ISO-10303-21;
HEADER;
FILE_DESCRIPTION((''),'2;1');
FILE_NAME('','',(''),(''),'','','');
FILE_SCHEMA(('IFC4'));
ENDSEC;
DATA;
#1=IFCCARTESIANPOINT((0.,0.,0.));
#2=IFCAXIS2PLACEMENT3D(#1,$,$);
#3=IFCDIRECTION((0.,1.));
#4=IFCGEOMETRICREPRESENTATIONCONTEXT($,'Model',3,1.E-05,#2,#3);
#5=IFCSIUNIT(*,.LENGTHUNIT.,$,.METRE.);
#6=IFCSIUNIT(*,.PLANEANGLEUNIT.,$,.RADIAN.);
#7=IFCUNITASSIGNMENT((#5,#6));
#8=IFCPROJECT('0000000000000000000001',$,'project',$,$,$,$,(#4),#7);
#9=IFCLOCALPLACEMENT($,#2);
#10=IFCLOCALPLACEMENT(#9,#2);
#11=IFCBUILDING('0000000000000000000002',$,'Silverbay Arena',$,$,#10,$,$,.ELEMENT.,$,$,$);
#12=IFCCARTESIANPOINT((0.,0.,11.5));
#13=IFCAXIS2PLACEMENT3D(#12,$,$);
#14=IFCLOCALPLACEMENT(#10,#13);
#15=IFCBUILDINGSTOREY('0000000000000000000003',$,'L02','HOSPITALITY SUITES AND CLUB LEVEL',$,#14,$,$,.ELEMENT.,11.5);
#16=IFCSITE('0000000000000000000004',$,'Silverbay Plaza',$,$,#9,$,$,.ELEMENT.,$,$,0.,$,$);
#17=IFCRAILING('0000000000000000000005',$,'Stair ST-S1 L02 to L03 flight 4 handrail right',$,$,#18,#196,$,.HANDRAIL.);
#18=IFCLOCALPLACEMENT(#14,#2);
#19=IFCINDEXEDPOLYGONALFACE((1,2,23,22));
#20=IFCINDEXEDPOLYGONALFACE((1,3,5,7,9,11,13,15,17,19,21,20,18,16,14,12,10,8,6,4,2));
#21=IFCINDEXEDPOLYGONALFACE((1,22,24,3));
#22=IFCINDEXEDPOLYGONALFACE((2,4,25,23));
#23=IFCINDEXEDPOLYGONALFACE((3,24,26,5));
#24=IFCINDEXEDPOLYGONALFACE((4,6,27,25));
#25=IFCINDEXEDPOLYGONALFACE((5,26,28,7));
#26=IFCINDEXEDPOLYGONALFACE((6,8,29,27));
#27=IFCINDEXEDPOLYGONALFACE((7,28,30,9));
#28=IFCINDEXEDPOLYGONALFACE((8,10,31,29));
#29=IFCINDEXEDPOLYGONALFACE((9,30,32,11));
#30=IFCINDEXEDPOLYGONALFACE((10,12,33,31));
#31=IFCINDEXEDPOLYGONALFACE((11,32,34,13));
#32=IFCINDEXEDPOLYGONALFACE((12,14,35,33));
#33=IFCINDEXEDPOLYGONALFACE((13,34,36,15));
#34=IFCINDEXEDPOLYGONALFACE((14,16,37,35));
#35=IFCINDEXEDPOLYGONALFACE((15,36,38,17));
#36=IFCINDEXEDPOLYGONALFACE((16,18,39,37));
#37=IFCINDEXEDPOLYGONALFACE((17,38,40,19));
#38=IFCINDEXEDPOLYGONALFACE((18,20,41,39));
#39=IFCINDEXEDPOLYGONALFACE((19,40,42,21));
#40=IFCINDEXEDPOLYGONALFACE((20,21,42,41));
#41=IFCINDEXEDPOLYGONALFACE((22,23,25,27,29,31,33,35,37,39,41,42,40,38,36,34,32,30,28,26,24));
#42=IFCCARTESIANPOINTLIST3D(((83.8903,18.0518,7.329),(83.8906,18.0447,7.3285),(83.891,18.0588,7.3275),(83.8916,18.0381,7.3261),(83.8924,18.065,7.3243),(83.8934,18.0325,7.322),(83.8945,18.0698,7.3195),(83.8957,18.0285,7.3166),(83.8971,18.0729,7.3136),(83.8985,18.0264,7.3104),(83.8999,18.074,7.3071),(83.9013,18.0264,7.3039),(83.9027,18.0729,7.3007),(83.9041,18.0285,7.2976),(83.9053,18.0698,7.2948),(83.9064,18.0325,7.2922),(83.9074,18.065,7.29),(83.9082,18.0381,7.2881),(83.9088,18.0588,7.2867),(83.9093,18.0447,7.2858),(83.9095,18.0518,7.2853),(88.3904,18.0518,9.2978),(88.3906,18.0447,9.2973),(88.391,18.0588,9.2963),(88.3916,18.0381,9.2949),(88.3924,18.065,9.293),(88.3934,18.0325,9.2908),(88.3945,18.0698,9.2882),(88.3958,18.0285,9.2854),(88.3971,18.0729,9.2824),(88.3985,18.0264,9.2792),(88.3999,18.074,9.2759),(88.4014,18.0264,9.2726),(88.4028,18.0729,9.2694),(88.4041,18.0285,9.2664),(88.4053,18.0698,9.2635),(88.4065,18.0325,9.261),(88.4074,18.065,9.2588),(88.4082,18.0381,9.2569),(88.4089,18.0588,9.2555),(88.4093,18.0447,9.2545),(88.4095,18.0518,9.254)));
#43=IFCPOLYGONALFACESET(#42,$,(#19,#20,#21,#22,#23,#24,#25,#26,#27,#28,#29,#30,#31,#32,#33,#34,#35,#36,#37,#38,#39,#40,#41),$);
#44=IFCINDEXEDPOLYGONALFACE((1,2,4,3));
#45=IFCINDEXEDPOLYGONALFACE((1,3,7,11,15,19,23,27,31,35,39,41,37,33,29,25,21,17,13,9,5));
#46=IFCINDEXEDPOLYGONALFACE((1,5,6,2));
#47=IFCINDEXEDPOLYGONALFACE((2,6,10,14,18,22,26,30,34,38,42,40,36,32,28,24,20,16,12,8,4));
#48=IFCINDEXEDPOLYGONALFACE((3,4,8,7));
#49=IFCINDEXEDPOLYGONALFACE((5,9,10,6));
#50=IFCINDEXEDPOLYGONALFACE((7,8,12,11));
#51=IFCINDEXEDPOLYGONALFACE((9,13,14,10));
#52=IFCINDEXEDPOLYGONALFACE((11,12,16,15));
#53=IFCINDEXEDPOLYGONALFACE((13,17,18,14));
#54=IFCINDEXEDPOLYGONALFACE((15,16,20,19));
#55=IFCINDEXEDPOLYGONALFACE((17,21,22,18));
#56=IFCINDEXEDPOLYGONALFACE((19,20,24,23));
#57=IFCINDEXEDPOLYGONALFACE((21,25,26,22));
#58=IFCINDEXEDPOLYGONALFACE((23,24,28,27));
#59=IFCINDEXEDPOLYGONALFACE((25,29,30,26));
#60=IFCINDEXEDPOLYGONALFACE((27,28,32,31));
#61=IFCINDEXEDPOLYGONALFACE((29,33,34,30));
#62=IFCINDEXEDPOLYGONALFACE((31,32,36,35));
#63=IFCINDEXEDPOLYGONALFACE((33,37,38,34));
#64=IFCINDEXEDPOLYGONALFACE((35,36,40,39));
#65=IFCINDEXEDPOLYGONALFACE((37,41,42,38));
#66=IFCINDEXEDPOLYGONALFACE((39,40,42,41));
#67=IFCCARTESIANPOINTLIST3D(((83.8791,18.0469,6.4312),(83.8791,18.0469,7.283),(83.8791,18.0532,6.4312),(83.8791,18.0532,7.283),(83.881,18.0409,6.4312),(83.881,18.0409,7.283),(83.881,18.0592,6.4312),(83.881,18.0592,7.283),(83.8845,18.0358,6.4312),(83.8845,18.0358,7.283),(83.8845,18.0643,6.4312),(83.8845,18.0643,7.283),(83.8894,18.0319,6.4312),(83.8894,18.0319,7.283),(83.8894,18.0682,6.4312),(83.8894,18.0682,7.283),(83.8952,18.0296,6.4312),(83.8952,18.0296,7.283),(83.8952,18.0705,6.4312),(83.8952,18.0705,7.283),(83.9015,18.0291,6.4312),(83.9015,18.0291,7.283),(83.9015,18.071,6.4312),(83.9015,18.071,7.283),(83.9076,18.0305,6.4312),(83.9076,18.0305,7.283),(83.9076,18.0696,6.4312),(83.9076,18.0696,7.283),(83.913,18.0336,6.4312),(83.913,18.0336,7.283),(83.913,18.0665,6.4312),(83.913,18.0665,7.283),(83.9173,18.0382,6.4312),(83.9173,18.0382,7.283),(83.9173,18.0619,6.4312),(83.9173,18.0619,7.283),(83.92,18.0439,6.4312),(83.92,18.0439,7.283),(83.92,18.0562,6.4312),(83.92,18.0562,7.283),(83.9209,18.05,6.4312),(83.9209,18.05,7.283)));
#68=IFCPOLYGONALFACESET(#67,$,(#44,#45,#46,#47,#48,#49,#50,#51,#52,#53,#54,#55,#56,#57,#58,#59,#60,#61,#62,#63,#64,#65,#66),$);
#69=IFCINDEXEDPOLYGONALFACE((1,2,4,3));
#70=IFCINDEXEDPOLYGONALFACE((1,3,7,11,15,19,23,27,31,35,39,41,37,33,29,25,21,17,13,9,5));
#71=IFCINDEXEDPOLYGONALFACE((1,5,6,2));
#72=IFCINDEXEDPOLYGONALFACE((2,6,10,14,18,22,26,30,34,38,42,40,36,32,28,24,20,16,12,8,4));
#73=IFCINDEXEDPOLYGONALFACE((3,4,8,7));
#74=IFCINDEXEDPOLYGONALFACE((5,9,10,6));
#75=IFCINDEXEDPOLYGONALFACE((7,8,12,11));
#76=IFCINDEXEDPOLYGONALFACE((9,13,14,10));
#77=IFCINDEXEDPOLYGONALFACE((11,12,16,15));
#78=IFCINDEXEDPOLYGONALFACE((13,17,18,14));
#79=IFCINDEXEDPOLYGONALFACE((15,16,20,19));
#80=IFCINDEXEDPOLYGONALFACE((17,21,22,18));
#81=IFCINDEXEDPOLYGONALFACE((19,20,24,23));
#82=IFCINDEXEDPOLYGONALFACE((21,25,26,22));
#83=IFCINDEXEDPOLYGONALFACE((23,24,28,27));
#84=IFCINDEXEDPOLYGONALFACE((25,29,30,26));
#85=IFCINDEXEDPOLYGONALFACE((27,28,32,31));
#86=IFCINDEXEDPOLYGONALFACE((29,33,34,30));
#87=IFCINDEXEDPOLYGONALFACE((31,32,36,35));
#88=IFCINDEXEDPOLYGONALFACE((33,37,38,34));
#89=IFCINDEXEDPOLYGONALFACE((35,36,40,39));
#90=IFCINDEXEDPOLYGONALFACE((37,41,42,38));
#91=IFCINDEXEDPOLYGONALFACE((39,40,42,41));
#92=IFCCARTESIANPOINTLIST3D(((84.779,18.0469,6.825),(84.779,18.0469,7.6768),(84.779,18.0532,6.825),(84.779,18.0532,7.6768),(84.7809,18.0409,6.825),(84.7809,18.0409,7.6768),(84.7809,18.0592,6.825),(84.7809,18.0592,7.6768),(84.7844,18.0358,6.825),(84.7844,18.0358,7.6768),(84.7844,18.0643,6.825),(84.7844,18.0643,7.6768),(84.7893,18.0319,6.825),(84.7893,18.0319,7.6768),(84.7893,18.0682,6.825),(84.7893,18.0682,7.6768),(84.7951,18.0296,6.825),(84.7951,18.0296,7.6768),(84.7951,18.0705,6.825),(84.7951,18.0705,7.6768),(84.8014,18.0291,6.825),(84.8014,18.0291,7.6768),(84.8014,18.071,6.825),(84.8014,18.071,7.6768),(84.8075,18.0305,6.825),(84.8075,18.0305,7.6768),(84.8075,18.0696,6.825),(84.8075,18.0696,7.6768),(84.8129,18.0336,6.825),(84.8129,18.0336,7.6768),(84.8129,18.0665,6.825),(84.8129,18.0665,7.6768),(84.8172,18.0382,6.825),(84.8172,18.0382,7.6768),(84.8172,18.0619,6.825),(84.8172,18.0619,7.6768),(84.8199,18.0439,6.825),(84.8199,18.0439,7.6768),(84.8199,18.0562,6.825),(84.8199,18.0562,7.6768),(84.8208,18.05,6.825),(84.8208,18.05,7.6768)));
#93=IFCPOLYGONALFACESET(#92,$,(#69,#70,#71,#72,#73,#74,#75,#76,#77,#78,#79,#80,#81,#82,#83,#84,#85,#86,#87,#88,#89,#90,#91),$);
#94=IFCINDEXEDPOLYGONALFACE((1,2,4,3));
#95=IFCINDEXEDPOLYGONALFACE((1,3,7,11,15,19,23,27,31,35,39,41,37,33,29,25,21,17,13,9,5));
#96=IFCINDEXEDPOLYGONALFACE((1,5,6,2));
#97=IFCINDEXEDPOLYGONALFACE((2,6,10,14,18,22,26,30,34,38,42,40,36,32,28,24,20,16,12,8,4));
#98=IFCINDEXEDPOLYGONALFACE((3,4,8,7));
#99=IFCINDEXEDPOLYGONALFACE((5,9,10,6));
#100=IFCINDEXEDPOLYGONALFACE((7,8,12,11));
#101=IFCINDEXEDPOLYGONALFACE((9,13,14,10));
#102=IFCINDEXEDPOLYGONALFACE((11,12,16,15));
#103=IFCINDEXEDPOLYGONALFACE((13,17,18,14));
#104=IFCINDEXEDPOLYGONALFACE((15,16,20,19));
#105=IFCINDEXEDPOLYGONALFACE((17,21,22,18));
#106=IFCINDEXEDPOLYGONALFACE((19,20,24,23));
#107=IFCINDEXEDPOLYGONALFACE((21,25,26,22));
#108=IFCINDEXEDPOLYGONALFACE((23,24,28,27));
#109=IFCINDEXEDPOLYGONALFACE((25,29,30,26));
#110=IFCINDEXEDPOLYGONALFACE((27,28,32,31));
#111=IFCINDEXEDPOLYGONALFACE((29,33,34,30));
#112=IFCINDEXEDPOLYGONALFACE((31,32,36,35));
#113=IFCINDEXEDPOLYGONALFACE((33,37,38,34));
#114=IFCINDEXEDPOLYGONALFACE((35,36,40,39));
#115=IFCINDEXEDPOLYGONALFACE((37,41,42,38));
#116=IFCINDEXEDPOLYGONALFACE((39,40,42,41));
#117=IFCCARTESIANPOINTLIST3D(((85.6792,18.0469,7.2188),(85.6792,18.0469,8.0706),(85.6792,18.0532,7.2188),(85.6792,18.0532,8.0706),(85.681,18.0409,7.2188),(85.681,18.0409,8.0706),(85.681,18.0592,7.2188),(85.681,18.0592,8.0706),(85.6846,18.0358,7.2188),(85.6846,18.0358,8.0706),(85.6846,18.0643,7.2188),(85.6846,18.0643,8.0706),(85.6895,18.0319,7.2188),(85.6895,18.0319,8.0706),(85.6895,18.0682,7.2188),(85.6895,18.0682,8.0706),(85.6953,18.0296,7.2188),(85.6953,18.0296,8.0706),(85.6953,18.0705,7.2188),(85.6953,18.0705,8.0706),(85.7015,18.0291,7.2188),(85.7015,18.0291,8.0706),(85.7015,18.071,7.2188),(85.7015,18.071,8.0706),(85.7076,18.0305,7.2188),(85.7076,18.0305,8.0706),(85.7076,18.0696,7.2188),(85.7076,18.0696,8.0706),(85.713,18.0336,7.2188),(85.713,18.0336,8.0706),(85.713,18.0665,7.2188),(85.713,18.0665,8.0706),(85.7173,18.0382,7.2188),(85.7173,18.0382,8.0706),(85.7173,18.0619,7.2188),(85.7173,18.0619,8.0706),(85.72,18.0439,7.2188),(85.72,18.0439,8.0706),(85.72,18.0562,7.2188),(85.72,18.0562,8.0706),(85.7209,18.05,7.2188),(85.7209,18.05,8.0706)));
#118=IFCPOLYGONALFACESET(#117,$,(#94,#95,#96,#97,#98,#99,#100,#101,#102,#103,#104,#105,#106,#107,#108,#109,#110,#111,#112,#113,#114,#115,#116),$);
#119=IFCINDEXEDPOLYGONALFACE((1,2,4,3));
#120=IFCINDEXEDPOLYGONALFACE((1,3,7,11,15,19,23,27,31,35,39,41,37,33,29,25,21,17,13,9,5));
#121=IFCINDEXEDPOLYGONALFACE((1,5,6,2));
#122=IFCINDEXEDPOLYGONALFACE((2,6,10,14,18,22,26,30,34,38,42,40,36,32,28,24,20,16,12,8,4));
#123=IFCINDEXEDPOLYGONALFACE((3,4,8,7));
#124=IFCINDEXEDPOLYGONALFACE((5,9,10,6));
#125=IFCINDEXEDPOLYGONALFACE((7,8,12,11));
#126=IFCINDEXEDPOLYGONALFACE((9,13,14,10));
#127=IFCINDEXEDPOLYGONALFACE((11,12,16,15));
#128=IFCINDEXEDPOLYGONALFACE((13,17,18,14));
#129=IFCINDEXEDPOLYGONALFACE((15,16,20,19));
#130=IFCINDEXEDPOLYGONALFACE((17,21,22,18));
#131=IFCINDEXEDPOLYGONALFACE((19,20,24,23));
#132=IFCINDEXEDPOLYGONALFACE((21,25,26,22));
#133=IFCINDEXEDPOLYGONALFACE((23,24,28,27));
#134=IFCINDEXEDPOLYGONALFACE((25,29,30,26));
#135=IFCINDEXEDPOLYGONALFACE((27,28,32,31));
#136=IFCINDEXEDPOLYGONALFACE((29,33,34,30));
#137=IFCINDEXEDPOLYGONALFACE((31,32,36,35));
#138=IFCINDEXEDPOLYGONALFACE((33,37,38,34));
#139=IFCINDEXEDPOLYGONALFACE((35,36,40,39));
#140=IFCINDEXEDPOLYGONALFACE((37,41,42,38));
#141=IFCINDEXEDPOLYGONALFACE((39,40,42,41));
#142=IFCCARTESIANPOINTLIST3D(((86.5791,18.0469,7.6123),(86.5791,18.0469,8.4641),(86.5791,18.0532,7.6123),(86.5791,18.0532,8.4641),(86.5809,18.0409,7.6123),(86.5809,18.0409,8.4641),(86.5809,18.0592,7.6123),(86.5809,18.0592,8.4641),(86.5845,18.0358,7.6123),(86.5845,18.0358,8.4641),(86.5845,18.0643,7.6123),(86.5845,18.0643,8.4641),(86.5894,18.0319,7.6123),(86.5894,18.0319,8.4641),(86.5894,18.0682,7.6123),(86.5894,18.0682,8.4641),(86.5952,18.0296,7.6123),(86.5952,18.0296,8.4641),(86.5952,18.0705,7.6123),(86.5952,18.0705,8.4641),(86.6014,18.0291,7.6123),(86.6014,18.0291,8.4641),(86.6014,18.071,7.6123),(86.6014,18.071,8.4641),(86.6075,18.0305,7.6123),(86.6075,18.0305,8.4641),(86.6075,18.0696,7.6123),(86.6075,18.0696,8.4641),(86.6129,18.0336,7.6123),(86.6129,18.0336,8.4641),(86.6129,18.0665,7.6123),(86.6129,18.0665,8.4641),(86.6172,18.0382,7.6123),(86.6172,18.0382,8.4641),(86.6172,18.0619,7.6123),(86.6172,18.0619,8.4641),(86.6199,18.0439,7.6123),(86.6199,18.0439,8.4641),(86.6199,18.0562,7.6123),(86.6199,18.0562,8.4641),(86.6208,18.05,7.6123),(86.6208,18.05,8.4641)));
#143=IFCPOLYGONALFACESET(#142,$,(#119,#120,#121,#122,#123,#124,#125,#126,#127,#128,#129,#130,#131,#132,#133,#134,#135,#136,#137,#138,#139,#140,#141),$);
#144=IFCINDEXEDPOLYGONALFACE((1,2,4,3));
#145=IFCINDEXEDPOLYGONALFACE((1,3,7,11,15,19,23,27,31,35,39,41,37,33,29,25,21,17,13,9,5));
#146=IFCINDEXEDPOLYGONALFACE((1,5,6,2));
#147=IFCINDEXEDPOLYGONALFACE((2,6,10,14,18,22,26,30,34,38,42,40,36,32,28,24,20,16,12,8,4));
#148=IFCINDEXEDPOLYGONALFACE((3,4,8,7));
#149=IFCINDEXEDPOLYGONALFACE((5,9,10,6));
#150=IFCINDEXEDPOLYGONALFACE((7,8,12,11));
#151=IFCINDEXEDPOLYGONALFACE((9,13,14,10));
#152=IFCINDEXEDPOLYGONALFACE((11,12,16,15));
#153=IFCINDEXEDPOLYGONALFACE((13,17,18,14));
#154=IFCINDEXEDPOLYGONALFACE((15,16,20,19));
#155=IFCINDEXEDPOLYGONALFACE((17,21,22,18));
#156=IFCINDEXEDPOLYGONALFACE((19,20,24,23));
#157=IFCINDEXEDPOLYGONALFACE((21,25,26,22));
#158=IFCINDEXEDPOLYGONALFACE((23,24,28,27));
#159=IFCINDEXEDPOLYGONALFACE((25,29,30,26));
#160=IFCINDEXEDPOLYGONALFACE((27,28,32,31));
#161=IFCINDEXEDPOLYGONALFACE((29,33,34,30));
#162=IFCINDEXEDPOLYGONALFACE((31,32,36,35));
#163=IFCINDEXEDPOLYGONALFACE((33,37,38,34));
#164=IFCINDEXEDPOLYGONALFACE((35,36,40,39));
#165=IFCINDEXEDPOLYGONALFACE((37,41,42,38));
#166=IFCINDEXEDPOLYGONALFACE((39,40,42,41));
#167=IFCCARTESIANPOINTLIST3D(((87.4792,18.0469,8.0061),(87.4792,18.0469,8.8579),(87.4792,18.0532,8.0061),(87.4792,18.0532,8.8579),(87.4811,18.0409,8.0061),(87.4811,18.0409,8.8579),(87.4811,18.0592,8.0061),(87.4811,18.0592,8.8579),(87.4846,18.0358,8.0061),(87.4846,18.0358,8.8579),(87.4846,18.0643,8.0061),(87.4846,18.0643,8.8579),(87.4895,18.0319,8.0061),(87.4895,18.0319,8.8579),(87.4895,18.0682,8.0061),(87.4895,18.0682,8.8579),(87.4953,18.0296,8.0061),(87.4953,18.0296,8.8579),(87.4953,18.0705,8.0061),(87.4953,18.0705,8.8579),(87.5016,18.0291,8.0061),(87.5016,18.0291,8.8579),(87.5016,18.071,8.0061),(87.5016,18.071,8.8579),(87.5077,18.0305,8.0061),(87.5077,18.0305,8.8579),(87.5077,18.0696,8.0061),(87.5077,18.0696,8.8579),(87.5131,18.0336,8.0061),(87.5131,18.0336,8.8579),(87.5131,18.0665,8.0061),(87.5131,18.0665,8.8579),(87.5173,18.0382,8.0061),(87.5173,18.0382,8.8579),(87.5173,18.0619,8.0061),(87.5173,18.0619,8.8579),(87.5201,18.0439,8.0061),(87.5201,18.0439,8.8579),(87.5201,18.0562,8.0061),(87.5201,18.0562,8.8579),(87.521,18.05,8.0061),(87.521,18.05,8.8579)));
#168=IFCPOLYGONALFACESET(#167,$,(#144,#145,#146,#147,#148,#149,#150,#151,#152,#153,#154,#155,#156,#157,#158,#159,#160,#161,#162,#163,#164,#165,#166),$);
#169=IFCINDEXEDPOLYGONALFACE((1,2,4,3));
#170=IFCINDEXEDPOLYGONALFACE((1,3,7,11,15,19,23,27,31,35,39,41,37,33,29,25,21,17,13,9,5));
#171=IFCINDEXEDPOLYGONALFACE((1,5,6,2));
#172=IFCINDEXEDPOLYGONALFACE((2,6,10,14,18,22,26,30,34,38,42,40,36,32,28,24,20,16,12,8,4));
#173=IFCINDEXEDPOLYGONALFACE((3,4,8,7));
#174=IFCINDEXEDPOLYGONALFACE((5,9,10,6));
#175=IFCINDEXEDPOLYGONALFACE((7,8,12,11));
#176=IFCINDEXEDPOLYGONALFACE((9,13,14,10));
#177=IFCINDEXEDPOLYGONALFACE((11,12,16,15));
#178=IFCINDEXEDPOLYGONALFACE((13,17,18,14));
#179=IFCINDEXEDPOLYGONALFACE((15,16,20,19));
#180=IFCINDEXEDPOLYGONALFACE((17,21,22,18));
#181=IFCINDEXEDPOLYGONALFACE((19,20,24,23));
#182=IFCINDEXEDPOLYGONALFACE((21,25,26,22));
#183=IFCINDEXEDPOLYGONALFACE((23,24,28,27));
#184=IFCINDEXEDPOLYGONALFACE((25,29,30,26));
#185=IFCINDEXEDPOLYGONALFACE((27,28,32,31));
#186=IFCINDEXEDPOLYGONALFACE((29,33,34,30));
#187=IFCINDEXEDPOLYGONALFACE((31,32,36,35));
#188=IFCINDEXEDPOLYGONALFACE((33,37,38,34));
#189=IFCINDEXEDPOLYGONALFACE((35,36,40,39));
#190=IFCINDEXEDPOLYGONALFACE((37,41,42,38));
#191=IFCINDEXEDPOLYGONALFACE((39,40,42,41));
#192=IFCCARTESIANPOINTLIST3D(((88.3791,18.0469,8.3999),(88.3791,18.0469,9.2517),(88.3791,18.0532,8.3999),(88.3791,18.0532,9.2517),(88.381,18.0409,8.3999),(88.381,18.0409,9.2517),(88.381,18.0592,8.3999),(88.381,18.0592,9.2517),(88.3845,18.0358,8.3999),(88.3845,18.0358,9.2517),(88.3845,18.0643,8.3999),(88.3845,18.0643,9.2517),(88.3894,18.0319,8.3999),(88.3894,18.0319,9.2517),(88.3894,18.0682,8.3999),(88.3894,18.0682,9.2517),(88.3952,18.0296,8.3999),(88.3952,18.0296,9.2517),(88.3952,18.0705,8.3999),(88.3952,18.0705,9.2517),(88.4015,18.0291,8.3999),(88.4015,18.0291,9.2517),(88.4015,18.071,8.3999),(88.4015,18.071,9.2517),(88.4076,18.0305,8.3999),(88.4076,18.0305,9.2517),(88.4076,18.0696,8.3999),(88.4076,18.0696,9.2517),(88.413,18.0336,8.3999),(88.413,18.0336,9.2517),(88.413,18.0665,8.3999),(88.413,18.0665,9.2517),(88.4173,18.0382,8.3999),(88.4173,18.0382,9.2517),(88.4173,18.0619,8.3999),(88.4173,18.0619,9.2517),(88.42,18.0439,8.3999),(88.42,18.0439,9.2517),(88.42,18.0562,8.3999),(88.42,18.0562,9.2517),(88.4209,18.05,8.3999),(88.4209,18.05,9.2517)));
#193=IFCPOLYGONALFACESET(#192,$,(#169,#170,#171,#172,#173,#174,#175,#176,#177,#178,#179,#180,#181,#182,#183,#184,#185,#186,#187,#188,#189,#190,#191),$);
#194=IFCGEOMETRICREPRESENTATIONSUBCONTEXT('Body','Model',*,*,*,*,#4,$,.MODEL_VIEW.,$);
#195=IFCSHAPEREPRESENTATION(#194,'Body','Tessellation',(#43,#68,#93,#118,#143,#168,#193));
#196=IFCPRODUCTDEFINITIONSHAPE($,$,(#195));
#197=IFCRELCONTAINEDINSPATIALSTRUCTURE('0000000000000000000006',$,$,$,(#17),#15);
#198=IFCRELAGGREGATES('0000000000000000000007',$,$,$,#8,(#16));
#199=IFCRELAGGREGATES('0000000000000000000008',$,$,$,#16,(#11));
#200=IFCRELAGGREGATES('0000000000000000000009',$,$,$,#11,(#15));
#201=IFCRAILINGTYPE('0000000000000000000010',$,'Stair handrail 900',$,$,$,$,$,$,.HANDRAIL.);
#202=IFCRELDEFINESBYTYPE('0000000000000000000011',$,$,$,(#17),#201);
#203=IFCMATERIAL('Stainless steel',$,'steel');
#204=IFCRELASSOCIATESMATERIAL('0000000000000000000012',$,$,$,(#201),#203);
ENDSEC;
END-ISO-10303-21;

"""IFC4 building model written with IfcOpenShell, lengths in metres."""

from ifc_helpers import new_model, si_unit, direction, frame, origin, origin_2d, place, context, subcontext, project, spatial, circle, extrude, material, type_object, element, save


model = new_model("IFC4")

# Units and contexts
model_context = context("Model", 3, precision=1e-05, world=origin(), true_north=direction((0.0, 1.0)))
body_context = subcontext(model_context, "Body", "Model", "MODEL_VIEW")
ifc_project = project(units=[si_unit("LENGTHUNIT", "METRE"), si_unit("PLANEANGLEUNIT", "RADIAN")], contexts=[model_context])

# Site, building, storey
site_placement = place(None, origin())
site = spatial("IfcSite", under=ifc_project, at=site_placement, Name="Silverbay Plaza", CompositionType="ELEMENT", RefElevation=0.0)
building_placement = place(site_placement, origin())
building = spatial("IfcBuilding", under=site, at=building_placement, Name="Silverbay Arena", CompositionType="ELEMENT")
storey_placement = place(building_placement, frame((0.0, 0.0, 11.5)))
storey = spatial("IfcBuildingStorey", under=building, at=storey_placement, Name="L02", Description="HOSPITALITY SUITES AND CLUB LEVEL", CompositionType="ELEMENT", Elevation=11.5)

# Railing
ifc_material_1 = material(Name="Stainless steel", Category="steel")
railing_type = type_object("IfcRailingType", Name="Stair handrail 900", PredefinedType="HANDRAIL", material=ifc_material_1)
railing_1_placement = place(storey_placement, frame((83.8999, 18.05, 6.4312)))
element("IfcRailing", 1, at=railing_1_placement, inside=storey, type_object=railing_type, Name="Stair ST-S1 L02 to L03 flight 4 handrail right", PredefinedType="HANDRAIL", context=body_context, shape_type="SweptSolid", body=[
    extrude(circle(Radius=0.0239, at=origin_2d()), frame((0.0, 0.0, 0.876), z_axis=(0.916157, 0.0, 0.400819), x_axis=(0.0, 1.0, 0.0)), (0.0, 0.0, 1.0), 4.9119),
    extrude(circle(Radius=0.021, at=origin_2d()), origin(), (0.0, 0.0, 1.0), 0.8518),
    extrude(circle(Radius=0.021, at=origin_2d()), frame((0.8999, 0.0, 0.3938)), (0.0, 0.0, 1.0), 0.8518),
    extrude(circle(Radius=0.021, at=origin_2d()), frame((1.8, 0.0, 0.7876)), (0.0, 0.0, 1.0), 0.8518),
    extrude(circle(Radius=0.021, at=origin_2d()), frame((2.7, 0.0, 1.1812)), (0.0, 0.0, 1.0), 0.8518),
    extrude(circle(Radius=0.021, at=origin_2d()), frame((3.6001, 0.0, 1.575)), (0.0, 0.0, 1.0), 0.8518),
    extrude(circle(Radius=0.021, at=origin_2d()), frame((4.5, 0.0, 1.9688)), (0.0, 0.0, 1.0), 0.8518),
])

save(model, "model.ifc")
